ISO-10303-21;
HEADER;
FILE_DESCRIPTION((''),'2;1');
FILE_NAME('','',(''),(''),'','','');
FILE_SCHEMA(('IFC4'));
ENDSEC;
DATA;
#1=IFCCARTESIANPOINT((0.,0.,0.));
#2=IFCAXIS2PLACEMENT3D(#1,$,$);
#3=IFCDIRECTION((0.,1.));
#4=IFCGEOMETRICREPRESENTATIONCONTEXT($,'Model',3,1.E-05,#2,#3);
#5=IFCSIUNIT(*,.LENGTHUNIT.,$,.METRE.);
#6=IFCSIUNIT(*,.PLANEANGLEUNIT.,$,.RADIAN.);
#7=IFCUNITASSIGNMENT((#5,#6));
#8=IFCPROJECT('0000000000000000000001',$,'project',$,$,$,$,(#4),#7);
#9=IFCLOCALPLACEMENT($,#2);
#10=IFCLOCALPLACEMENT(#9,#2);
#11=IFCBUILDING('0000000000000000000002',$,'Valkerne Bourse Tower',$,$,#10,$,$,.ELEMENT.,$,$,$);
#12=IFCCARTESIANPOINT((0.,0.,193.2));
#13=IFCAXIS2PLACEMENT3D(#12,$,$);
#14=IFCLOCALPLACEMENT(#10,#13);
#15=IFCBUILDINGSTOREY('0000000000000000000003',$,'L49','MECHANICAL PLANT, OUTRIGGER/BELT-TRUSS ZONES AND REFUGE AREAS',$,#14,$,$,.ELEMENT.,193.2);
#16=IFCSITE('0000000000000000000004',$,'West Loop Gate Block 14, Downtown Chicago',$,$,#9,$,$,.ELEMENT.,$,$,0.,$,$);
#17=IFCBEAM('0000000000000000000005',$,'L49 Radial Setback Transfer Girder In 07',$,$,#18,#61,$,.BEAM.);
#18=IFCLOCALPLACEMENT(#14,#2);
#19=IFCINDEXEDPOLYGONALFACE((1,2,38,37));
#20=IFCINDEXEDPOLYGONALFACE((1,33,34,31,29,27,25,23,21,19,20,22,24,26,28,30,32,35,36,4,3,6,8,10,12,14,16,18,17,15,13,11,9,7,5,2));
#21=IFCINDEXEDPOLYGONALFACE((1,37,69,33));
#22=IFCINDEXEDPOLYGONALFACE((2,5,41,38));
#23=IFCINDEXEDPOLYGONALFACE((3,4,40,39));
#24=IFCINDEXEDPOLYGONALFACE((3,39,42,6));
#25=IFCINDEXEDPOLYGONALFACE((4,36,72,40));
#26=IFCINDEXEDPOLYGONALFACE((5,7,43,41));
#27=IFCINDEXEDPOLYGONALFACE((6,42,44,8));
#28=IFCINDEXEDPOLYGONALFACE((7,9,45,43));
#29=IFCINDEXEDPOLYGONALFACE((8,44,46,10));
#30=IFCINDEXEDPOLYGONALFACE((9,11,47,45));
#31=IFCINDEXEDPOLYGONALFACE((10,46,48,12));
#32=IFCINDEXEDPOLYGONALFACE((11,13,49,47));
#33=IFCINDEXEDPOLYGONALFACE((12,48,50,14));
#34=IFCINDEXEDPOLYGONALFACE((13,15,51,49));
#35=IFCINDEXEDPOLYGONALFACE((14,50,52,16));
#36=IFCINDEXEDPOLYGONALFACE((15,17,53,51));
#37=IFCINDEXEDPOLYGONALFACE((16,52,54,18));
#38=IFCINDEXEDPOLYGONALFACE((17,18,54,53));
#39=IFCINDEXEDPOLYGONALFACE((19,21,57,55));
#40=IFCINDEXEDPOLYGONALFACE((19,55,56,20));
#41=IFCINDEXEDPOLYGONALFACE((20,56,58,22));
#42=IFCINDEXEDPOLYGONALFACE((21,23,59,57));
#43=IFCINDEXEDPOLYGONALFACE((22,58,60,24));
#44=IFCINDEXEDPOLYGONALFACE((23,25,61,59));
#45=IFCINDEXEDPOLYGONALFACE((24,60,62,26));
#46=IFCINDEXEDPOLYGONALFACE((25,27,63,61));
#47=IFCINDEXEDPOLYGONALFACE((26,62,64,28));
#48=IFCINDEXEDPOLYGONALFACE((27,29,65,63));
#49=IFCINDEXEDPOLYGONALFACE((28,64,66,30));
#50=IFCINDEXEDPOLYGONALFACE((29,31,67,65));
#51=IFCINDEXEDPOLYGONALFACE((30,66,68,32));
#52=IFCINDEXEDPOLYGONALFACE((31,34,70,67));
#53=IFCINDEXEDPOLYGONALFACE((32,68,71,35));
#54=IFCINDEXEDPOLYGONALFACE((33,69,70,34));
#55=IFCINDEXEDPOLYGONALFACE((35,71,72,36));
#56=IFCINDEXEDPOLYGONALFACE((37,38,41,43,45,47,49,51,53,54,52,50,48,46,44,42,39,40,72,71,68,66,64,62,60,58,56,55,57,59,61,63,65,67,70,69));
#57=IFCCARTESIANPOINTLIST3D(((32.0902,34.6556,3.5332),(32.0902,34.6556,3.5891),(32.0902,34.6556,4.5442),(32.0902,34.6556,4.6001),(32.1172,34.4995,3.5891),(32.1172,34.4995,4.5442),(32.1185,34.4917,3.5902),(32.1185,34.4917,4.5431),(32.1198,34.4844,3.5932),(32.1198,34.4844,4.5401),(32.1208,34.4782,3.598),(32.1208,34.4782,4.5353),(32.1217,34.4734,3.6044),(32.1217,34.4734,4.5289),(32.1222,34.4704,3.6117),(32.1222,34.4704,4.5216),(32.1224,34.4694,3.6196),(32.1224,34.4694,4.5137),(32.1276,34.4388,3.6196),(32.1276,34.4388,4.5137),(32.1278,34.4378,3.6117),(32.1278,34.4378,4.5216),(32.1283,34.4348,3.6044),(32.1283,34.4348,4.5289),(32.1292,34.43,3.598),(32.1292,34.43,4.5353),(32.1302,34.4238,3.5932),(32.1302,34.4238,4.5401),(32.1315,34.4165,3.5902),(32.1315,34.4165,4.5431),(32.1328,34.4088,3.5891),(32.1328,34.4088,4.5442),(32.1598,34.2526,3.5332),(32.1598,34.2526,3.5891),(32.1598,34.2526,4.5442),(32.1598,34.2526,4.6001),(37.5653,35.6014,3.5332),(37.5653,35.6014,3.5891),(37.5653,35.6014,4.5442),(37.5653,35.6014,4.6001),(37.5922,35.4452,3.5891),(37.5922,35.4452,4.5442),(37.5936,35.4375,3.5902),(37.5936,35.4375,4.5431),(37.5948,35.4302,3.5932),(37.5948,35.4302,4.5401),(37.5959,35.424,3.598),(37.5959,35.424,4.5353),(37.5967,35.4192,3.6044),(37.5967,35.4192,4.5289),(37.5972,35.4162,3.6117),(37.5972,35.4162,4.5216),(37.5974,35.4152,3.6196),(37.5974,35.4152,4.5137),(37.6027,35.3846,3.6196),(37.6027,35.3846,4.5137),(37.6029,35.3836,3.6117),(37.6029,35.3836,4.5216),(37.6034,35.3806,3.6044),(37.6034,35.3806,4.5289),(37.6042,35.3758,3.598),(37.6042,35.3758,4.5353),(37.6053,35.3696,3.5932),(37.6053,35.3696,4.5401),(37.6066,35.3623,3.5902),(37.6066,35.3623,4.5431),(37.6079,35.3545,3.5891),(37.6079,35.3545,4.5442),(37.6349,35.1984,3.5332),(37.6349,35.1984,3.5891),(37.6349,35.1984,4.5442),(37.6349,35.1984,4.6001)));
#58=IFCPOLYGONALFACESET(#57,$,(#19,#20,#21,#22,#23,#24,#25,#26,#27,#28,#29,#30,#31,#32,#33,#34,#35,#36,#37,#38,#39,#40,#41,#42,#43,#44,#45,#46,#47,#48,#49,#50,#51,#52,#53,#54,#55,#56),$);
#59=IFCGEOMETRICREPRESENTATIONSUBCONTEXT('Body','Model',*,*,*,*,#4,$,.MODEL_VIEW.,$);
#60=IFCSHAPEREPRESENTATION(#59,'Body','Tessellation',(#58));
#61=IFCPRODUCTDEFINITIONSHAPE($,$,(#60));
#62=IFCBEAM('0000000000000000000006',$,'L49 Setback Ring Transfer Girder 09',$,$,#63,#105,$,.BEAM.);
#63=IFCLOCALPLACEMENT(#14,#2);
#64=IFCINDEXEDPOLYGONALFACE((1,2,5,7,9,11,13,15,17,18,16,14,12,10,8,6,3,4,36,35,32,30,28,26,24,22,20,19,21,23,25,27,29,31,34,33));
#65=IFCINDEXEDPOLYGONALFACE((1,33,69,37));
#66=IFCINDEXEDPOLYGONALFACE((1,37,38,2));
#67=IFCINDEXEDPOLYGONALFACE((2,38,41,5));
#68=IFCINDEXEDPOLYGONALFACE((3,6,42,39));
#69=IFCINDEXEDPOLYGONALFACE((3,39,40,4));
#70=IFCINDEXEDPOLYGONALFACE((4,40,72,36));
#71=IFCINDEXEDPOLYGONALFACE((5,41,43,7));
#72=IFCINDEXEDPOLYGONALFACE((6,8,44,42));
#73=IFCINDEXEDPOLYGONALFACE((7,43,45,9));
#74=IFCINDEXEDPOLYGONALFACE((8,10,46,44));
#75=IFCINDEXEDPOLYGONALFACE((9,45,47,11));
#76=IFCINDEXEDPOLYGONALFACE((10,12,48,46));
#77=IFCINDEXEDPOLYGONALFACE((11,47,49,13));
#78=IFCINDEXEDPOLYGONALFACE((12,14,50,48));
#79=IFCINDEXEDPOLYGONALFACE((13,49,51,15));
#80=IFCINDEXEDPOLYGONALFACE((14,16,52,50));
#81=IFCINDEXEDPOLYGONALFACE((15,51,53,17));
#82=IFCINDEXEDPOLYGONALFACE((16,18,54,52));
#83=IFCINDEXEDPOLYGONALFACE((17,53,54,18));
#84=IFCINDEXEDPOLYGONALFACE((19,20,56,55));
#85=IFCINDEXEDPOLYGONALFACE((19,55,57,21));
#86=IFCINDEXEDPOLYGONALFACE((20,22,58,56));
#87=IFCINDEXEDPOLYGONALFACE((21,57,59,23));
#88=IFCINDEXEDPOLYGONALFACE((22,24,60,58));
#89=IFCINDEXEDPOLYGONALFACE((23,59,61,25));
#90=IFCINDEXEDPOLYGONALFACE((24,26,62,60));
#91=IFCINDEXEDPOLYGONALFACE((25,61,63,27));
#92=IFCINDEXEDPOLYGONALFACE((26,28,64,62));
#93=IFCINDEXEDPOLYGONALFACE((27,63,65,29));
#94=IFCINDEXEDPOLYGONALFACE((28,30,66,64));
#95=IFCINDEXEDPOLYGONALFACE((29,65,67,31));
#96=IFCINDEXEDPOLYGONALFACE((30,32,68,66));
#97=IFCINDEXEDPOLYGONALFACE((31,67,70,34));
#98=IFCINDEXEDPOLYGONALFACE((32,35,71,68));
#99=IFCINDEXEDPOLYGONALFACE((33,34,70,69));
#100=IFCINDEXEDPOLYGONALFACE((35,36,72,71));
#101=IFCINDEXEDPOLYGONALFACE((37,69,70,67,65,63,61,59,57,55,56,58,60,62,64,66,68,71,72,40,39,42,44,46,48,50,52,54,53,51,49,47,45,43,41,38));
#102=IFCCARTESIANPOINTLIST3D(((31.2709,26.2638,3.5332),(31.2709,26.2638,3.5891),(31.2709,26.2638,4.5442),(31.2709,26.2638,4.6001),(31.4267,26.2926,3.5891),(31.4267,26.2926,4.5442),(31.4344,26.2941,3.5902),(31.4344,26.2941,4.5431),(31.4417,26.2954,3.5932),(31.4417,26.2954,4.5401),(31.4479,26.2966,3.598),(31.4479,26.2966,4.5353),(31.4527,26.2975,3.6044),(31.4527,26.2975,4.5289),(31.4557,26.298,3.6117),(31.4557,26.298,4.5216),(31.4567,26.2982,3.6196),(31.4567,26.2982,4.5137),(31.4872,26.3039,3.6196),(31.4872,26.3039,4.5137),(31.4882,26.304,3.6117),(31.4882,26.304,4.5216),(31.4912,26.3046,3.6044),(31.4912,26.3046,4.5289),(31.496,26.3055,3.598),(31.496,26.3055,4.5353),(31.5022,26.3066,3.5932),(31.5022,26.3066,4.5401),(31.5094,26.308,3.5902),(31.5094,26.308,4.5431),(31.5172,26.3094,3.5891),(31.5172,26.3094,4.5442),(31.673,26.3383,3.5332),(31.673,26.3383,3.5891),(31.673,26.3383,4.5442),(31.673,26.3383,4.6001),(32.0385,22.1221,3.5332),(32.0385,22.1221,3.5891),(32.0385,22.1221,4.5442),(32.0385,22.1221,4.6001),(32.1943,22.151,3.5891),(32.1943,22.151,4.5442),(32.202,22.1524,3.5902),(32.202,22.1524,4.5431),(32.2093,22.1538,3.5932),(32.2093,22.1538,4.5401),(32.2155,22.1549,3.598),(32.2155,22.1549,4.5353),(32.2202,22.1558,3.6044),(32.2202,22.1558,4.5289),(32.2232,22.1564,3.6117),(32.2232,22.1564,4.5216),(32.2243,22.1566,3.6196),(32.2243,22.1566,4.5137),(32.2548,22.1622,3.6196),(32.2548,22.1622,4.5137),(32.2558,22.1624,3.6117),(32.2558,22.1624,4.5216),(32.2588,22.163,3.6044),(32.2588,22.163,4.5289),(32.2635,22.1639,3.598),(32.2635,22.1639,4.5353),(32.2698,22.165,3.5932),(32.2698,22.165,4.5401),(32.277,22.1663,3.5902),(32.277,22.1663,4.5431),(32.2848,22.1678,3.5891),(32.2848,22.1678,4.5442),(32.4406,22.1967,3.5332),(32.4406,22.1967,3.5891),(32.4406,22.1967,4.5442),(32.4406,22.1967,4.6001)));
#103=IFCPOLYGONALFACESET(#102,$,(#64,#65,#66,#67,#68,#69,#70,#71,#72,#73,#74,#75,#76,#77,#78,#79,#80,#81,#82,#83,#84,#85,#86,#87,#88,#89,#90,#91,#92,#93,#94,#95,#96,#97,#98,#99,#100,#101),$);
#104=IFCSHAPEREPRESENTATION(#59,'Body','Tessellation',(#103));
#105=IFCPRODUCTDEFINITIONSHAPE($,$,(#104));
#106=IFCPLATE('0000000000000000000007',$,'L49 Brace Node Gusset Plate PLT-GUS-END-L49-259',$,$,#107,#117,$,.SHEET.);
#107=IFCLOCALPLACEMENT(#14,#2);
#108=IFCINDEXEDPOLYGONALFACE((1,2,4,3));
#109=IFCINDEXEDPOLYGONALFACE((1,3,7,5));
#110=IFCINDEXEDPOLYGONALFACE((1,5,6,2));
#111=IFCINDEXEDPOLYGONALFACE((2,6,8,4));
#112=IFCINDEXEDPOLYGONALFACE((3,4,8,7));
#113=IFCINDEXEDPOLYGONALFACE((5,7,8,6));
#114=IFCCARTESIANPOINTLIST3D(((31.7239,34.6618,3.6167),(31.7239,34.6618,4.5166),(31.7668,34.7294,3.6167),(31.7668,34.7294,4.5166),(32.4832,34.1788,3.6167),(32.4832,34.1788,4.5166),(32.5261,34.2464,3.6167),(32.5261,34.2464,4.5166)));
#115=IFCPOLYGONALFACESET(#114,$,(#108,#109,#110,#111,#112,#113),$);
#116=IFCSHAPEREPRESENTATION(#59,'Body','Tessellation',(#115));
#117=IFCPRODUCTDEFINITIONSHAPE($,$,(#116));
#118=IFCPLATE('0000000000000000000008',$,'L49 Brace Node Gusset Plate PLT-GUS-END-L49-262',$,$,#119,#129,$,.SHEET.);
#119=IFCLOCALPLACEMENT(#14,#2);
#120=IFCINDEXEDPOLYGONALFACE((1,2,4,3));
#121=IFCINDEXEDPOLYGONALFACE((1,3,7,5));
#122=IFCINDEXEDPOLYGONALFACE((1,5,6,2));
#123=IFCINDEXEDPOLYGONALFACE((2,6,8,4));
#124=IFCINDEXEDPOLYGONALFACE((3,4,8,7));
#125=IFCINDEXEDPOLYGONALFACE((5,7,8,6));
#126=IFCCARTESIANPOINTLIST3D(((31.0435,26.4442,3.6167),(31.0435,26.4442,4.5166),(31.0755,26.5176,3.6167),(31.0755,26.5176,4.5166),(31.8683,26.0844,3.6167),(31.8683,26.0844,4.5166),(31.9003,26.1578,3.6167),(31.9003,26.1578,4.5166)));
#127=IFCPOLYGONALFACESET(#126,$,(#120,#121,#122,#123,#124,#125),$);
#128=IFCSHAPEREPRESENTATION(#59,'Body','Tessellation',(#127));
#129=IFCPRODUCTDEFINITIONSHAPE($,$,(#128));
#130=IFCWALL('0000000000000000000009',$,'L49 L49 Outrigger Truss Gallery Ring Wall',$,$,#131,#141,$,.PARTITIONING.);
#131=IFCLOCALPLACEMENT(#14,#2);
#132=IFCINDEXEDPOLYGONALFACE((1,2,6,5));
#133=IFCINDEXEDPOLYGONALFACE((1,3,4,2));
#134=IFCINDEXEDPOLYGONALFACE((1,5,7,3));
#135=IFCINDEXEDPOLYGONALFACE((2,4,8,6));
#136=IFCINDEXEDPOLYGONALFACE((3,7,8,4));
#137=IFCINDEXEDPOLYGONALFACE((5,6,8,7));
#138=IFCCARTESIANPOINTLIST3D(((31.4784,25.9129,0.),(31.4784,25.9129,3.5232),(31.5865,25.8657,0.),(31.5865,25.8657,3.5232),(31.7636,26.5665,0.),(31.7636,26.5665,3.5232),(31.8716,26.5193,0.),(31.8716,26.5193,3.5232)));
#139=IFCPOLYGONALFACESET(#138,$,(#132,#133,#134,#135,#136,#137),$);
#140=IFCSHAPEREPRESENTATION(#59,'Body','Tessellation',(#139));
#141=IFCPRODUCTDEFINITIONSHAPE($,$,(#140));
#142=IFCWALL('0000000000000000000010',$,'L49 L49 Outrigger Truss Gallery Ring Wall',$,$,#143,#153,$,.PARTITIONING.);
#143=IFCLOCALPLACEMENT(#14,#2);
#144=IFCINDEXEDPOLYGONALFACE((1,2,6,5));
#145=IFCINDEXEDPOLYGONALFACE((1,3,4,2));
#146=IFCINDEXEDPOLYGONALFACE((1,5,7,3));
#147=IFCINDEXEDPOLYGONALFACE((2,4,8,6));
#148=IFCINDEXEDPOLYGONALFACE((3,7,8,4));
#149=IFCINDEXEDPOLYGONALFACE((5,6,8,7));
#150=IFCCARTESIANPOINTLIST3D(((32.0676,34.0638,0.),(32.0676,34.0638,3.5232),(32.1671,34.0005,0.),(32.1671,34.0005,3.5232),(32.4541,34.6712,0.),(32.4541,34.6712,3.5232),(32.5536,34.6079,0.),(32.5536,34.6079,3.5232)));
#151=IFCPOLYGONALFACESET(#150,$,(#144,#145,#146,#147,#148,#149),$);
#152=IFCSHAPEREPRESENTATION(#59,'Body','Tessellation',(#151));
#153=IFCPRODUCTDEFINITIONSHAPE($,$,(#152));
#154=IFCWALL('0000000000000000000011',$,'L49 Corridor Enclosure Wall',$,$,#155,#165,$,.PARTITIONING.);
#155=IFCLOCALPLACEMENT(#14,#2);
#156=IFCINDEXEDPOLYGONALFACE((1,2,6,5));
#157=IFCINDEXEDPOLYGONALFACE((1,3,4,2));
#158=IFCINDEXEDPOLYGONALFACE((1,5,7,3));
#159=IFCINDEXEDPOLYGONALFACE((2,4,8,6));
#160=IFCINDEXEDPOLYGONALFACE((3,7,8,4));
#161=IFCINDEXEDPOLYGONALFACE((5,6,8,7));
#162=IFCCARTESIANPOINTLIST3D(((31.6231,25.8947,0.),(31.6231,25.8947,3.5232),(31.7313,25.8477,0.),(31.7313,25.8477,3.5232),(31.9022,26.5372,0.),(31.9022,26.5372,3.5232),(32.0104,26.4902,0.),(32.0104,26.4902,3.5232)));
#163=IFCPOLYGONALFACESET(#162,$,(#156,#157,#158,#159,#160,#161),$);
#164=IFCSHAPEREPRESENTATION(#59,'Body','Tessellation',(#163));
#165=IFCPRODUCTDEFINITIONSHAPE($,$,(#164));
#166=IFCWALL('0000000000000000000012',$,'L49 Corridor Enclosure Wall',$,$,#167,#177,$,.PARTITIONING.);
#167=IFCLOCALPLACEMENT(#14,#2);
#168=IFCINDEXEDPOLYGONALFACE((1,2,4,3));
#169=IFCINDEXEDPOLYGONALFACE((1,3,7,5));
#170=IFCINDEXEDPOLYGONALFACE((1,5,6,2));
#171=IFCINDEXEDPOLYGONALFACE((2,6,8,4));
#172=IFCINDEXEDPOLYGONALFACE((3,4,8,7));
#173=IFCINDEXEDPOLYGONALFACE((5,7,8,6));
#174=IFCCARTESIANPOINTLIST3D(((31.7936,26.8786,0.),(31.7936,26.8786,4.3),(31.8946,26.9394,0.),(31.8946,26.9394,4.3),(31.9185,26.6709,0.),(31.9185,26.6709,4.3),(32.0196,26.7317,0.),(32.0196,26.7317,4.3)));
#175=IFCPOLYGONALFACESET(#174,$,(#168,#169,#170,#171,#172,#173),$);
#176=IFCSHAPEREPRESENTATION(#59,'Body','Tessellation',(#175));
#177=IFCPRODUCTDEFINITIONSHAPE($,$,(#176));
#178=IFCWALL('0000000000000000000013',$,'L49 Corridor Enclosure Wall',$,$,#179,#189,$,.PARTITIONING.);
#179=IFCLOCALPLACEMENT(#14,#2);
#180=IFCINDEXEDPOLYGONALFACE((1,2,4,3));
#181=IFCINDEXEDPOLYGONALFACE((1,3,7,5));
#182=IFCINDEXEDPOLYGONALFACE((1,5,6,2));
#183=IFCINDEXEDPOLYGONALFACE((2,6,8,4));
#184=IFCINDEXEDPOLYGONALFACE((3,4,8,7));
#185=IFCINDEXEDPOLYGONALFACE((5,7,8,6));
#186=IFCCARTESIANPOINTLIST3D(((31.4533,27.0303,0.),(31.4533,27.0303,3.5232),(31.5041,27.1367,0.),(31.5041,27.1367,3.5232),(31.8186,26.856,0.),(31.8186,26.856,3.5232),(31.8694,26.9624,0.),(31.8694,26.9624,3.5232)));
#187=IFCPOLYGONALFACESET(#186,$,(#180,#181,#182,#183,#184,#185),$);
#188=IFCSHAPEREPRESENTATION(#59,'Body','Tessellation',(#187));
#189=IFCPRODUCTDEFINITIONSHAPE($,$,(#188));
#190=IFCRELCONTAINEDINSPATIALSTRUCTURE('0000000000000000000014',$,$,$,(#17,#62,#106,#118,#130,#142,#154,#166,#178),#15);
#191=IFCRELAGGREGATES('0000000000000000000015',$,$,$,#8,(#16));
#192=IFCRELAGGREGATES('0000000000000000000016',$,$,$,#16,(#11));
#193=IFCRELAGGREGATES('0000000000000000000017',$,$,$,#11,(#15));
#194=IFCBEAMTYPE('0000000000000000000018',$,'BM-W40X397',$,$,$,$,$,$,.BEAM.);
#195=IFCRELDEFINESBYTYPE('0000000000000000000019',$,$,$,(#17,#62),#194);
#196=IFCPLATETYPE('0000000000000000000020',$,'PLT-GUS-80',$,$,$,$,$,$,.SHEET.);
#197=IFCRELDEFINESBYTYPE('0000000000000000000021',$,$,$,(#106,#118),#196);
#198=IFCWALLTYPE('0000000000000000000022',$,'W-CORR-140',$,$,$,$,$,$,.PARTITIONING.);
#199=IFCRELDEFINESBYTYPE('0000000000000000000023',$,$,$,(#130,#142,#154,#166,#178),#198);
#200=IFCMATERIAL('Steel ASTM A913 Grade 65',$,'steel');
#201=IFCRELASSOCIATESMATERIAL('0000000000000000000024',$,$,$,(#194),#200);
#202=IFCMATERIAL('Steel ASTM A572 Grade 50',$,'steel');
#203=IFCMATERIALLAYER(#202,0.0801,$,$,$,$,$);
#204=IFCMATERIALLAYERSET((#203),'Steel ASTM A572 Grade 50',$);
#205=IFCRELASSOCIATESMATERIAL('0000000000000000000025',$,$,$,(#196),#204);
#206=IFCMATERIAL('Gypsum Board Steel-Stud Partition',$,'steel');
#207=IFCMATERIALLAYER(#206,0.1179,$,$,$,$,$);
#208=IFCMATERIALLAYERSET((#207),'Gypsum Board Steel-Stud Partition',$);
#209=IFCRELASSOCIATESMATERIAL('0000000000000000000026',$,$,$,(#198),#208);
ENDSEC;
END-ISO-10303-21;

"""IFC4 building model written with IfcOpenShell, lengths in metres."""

from ifc_helpers import new_model, si_unit, direction, frame, frame_2d, origin, origin_2d, place, context, subcontext, project, spatial, rectangle, i_section, extrude, material, layer, layer_set, material_profile, profile_set, type_object, element, save


model = new_model("IFC4")

# Units and contexts
model_context = context("Model", 3, precision=1e-05, world=origin(), true_north=direction((0.0, 1.0)))
body_context = subcontext(model_context, "Body", "Model", "MODEL_VIEW")
ifc_project = project(units=[si_unit("LENGTHUNIT", "METRE"), si_unit("PLANEANGLEUNIT", "RADIAN")], contexts=[model_context])

# Site, building, storey
site_placement = place(None, origin())
site = spatial("IfcSite", under=ifc_project, at=site_placement, Name="West Loop Gate Block 14, Downtown Chicago", CompositionType="ELEMENT", RefElevation=0.0)
building_placement = place(site_placement, origin())
building = spatial("IfcBuilding", under=site, at=building_placement, Name="Valkerne Bourse Tower", CompositionType="ELEMENT")
storey_placement = place(building_placement, frame((0.0, 0.0, 193.2)))
storey = spatial("IfcBuildingStorey", under=building, at=storey_placement, Name="L49", Description="MECHANICAL PLANT, OUTRIGGER/BELT-TRUSS ZONES AND REFUGE AREAS", CompositionType="ELEMENT", Elevation=193.2)

# Beams
ifc_material_1 = material(Name="Steel ASTM A913 Grade 65", Category="steel")
ifc_material_profile = material_profile(ifc_material_1, i_section(OverallWidth=0.4089, OverallDepth=1.0669, WebThickness=0.031, FlangeThickness=0.0559, FilletRadius=0.0305, at=origin_2d()), Name="W40X397")
ifc_profile_set = profile_set([ifc_material_profile], Name="Steel ASTM A913 Grade 65")
beam_type = type_object("IfcBeamType", Name="BM-W40X397", PredefinedType="BEAM", material=ifc_profile_set)
beam_1_placement = place(storey_placement, frame((32.125, 34.4541, 4.0667), z_axis=(0.985405, 0.170225, 0.0), x_axis=(-0.170225, 0.985405, 0.0)))
element("IfcBeam", 1, at=beam_1_placement, inside=storey, type_object=beam_type, Name="L49 Radial Setback Transfer Girder In 07", PredefinedType="BEAM", context=body_context, shape_type="SweptSolid", body=[
    extrude(i_section(OverallWidth=0.4089, OverallDepth=1.0669, WebThickness=0.031, FlangeThickness=0.0559, FilletRadius=0.0305, at=origin_2d()), origin(), (0.0, 0.0, 1.0), 5.5562),
])
beam_2_placement = place(storey_placement, frame((31.4719, 26.301, 4.0667), z_axis=(0.18223, -0.983256, 0.0), x_axis=(0.983256, 0.18223, 0.0)))
element("IfcBeam", 2, at=beam_2_placement, inside=storey, type_object=beam_type, Name="L49 Setback Ring Transfer Girder 09", PredefinedType="BEAM", context=body_context, shape_type="SweptSolid", body=[
    extrude(i_section(OverallWidth=0.4089, OverallDepth=1.0669, WebThickness=0.031, FlangeThickness=0.0559, FilletRadius=0.0305, at=origin_2d()), origin(), (0.0, 0.0, 1.0), 4.2122),
])

# Plates
ifc_material_2 = material(Name="Steel ASTM A572 Grade 50", Category="steel")
ifc_layer_1 = layer(ifc_material_2, 0.0801)
ifc_layer_set_1 = layer_set([ifc_layer_1], Name="Steel ASTM A572 Grade 50")
plate_type = type_object("IfcPlateType", Name="PLT-GUS-80", PredefinedType="SHEET", material=ifc_layer_set_1)
for number, where, z_axis, x_axis, name in (
    (3, (32.125, 34.4541, 3.6167), (0.0, 0.0, 1.0), (0.843766, -0.536711, 0.0), "L49 Brace Node Gusset Plate PLT-GUS-END-L49-259"),
    (4, (31.4719, 26.301, 3.6167), (0.0, 0.0, 1.0), (0.916572, -0.399869, 0.0), "L49 Brace Node Gusset Plate PLT-GUS-END-L49-262"),
):
    element("IfcPlate", number, at=place(storey_placement, frame(where, z_axis=z_axis, x_axis=x_axis)), inside=storey, type_object=plate_type, Name=name, PredefinedType="SHEET", context=body_context, shape_type="SweptSolid", body=[
        extrude(rectangle(XDim=0.8999, YDim=0.0801, at=origin_2d()), origin(), (0.0, 0.0, 1.0), 0.8999),
    ])

# Walls
ifc_material_3 = material(Name="Gypsum Board Steel-Stud Partition", Category="steel")
ifc_layer_2 = layer(ifc_material_3, 0.1179)
ifc_layer_set_2 = layer_set([ifc_layer_2], Name="Gypsum Board Steel-Stud Partition")
wall_type_1 = type_object("IfcWallType", Name="W-CORR-140", PredefinedType="PARTITIONING", material=ifc_layer_set_2)
wall_1_placement = place(storey_placement, frame((31.5325, 25.8894, 0.0), z_axis=(0.0, 0.0, 1.0), x_axis=(0.399903, 0.916558, 0.0)))
element("IfcWall", 5, at=wall_1_placement, inside=storey, type_object=wall_type_1, Name="L49 L49 Outrigger Truss Gallery Ring Wall", PredefinedType="PARTITIONING", context=body_context, shape_type="SweptSolid", body=[
    extrude(rectangle(XDim=0.7131, YDim=0.1179, at=frame_2d((0.3564, 0.0))), origin(), (0.0, 0.0, 1.0), 3.5232),
])
wall_2_placement = place(storey_placement, frame((32.1174, 34.0322, 0.0), z_axis=(0.0, 0.0, 1.0), x_axis=(0.53681, 0.843703, 0.0)))
element("IfcWall", 6, at=wall_2_placement, inside=storey, type_object=wall_type_1, Name="L49 L49 Outrigger Truss Gallery Ring Wall", PredefinedType="PARTITIONING", context=body_context, shape_type="SweptSolid", body=[
    extrude(rectangle(XDim=0.72, YDim=0.1179, at=frame_2d((0.3599, 0.0))), origin(), (0.0, 0.0, 1.0), 3.5232),
])
wall_3_placement = place(storey_placement, frame((31.6772, 25.8713, 0.0), z_axis=(0.0, 0.0, 1.0), x_axis=(0.398458, 0.917186, 0.0)))
element("IfcWall", 7, at=wall_3_placement, inside=storey, type_object=wall_type_1, Name="L49 Corridor Enclosure Wall", PredefinedType="PARTITIONING", context=body_context, shape_type="SweptSolid", body=[
    extrude(rectangle(XDim=0.7004, YDim=0.1179, at=frame_2d((0.3501, 0.0))), origin(), (0.0, 0.0, 1.0), 3.5232),
])
wall_4_placement = place(storey_placement, frame((31.969, 26.7014, 0.0), z_axis=(0.0, 0.0, 1.0), x_axis=(-0.515532, 0.85687, 0.0)))
element("IfcWall", 8, at=wall_4_placement, inside=storey, type_object=wall_type_1, Name="L49 Corridor Enclosure Wall", PredefinedType="PARTITIONING", context=body_context, shape_type="SweptSolid", body=[
    extrude(rectangle(XDim=0.2424, YDim=0.1179, at=frame_2d((0.1211, 0.0))), origin(), (0.0, 0.0, 1.0), 4.3),
])
wall_5_placement = place(storey_placement, frame((31.844, 26.9092, 0.0), z_axis=(0.0, 0.0, 1.0), x_axis=(-0.902481, 0.43073, 0.0)))
element("IfcWall", 9, at=wall_5_placement, inside=storey, type_object=wall_type_1, Name="L49 Corridor Enclosure Wall", PredefinedType="PARTITIONING", context=body_context, shape_type="SweptSolid", body=[
    extrude(rectangle(XDim=0.4048, YDim=0.1179, at=frame_2d((0.2024, 0.0))), origin(), (0.0, 0.0, 1.0), 3.5232),
])

save(model, "model.ifc")
